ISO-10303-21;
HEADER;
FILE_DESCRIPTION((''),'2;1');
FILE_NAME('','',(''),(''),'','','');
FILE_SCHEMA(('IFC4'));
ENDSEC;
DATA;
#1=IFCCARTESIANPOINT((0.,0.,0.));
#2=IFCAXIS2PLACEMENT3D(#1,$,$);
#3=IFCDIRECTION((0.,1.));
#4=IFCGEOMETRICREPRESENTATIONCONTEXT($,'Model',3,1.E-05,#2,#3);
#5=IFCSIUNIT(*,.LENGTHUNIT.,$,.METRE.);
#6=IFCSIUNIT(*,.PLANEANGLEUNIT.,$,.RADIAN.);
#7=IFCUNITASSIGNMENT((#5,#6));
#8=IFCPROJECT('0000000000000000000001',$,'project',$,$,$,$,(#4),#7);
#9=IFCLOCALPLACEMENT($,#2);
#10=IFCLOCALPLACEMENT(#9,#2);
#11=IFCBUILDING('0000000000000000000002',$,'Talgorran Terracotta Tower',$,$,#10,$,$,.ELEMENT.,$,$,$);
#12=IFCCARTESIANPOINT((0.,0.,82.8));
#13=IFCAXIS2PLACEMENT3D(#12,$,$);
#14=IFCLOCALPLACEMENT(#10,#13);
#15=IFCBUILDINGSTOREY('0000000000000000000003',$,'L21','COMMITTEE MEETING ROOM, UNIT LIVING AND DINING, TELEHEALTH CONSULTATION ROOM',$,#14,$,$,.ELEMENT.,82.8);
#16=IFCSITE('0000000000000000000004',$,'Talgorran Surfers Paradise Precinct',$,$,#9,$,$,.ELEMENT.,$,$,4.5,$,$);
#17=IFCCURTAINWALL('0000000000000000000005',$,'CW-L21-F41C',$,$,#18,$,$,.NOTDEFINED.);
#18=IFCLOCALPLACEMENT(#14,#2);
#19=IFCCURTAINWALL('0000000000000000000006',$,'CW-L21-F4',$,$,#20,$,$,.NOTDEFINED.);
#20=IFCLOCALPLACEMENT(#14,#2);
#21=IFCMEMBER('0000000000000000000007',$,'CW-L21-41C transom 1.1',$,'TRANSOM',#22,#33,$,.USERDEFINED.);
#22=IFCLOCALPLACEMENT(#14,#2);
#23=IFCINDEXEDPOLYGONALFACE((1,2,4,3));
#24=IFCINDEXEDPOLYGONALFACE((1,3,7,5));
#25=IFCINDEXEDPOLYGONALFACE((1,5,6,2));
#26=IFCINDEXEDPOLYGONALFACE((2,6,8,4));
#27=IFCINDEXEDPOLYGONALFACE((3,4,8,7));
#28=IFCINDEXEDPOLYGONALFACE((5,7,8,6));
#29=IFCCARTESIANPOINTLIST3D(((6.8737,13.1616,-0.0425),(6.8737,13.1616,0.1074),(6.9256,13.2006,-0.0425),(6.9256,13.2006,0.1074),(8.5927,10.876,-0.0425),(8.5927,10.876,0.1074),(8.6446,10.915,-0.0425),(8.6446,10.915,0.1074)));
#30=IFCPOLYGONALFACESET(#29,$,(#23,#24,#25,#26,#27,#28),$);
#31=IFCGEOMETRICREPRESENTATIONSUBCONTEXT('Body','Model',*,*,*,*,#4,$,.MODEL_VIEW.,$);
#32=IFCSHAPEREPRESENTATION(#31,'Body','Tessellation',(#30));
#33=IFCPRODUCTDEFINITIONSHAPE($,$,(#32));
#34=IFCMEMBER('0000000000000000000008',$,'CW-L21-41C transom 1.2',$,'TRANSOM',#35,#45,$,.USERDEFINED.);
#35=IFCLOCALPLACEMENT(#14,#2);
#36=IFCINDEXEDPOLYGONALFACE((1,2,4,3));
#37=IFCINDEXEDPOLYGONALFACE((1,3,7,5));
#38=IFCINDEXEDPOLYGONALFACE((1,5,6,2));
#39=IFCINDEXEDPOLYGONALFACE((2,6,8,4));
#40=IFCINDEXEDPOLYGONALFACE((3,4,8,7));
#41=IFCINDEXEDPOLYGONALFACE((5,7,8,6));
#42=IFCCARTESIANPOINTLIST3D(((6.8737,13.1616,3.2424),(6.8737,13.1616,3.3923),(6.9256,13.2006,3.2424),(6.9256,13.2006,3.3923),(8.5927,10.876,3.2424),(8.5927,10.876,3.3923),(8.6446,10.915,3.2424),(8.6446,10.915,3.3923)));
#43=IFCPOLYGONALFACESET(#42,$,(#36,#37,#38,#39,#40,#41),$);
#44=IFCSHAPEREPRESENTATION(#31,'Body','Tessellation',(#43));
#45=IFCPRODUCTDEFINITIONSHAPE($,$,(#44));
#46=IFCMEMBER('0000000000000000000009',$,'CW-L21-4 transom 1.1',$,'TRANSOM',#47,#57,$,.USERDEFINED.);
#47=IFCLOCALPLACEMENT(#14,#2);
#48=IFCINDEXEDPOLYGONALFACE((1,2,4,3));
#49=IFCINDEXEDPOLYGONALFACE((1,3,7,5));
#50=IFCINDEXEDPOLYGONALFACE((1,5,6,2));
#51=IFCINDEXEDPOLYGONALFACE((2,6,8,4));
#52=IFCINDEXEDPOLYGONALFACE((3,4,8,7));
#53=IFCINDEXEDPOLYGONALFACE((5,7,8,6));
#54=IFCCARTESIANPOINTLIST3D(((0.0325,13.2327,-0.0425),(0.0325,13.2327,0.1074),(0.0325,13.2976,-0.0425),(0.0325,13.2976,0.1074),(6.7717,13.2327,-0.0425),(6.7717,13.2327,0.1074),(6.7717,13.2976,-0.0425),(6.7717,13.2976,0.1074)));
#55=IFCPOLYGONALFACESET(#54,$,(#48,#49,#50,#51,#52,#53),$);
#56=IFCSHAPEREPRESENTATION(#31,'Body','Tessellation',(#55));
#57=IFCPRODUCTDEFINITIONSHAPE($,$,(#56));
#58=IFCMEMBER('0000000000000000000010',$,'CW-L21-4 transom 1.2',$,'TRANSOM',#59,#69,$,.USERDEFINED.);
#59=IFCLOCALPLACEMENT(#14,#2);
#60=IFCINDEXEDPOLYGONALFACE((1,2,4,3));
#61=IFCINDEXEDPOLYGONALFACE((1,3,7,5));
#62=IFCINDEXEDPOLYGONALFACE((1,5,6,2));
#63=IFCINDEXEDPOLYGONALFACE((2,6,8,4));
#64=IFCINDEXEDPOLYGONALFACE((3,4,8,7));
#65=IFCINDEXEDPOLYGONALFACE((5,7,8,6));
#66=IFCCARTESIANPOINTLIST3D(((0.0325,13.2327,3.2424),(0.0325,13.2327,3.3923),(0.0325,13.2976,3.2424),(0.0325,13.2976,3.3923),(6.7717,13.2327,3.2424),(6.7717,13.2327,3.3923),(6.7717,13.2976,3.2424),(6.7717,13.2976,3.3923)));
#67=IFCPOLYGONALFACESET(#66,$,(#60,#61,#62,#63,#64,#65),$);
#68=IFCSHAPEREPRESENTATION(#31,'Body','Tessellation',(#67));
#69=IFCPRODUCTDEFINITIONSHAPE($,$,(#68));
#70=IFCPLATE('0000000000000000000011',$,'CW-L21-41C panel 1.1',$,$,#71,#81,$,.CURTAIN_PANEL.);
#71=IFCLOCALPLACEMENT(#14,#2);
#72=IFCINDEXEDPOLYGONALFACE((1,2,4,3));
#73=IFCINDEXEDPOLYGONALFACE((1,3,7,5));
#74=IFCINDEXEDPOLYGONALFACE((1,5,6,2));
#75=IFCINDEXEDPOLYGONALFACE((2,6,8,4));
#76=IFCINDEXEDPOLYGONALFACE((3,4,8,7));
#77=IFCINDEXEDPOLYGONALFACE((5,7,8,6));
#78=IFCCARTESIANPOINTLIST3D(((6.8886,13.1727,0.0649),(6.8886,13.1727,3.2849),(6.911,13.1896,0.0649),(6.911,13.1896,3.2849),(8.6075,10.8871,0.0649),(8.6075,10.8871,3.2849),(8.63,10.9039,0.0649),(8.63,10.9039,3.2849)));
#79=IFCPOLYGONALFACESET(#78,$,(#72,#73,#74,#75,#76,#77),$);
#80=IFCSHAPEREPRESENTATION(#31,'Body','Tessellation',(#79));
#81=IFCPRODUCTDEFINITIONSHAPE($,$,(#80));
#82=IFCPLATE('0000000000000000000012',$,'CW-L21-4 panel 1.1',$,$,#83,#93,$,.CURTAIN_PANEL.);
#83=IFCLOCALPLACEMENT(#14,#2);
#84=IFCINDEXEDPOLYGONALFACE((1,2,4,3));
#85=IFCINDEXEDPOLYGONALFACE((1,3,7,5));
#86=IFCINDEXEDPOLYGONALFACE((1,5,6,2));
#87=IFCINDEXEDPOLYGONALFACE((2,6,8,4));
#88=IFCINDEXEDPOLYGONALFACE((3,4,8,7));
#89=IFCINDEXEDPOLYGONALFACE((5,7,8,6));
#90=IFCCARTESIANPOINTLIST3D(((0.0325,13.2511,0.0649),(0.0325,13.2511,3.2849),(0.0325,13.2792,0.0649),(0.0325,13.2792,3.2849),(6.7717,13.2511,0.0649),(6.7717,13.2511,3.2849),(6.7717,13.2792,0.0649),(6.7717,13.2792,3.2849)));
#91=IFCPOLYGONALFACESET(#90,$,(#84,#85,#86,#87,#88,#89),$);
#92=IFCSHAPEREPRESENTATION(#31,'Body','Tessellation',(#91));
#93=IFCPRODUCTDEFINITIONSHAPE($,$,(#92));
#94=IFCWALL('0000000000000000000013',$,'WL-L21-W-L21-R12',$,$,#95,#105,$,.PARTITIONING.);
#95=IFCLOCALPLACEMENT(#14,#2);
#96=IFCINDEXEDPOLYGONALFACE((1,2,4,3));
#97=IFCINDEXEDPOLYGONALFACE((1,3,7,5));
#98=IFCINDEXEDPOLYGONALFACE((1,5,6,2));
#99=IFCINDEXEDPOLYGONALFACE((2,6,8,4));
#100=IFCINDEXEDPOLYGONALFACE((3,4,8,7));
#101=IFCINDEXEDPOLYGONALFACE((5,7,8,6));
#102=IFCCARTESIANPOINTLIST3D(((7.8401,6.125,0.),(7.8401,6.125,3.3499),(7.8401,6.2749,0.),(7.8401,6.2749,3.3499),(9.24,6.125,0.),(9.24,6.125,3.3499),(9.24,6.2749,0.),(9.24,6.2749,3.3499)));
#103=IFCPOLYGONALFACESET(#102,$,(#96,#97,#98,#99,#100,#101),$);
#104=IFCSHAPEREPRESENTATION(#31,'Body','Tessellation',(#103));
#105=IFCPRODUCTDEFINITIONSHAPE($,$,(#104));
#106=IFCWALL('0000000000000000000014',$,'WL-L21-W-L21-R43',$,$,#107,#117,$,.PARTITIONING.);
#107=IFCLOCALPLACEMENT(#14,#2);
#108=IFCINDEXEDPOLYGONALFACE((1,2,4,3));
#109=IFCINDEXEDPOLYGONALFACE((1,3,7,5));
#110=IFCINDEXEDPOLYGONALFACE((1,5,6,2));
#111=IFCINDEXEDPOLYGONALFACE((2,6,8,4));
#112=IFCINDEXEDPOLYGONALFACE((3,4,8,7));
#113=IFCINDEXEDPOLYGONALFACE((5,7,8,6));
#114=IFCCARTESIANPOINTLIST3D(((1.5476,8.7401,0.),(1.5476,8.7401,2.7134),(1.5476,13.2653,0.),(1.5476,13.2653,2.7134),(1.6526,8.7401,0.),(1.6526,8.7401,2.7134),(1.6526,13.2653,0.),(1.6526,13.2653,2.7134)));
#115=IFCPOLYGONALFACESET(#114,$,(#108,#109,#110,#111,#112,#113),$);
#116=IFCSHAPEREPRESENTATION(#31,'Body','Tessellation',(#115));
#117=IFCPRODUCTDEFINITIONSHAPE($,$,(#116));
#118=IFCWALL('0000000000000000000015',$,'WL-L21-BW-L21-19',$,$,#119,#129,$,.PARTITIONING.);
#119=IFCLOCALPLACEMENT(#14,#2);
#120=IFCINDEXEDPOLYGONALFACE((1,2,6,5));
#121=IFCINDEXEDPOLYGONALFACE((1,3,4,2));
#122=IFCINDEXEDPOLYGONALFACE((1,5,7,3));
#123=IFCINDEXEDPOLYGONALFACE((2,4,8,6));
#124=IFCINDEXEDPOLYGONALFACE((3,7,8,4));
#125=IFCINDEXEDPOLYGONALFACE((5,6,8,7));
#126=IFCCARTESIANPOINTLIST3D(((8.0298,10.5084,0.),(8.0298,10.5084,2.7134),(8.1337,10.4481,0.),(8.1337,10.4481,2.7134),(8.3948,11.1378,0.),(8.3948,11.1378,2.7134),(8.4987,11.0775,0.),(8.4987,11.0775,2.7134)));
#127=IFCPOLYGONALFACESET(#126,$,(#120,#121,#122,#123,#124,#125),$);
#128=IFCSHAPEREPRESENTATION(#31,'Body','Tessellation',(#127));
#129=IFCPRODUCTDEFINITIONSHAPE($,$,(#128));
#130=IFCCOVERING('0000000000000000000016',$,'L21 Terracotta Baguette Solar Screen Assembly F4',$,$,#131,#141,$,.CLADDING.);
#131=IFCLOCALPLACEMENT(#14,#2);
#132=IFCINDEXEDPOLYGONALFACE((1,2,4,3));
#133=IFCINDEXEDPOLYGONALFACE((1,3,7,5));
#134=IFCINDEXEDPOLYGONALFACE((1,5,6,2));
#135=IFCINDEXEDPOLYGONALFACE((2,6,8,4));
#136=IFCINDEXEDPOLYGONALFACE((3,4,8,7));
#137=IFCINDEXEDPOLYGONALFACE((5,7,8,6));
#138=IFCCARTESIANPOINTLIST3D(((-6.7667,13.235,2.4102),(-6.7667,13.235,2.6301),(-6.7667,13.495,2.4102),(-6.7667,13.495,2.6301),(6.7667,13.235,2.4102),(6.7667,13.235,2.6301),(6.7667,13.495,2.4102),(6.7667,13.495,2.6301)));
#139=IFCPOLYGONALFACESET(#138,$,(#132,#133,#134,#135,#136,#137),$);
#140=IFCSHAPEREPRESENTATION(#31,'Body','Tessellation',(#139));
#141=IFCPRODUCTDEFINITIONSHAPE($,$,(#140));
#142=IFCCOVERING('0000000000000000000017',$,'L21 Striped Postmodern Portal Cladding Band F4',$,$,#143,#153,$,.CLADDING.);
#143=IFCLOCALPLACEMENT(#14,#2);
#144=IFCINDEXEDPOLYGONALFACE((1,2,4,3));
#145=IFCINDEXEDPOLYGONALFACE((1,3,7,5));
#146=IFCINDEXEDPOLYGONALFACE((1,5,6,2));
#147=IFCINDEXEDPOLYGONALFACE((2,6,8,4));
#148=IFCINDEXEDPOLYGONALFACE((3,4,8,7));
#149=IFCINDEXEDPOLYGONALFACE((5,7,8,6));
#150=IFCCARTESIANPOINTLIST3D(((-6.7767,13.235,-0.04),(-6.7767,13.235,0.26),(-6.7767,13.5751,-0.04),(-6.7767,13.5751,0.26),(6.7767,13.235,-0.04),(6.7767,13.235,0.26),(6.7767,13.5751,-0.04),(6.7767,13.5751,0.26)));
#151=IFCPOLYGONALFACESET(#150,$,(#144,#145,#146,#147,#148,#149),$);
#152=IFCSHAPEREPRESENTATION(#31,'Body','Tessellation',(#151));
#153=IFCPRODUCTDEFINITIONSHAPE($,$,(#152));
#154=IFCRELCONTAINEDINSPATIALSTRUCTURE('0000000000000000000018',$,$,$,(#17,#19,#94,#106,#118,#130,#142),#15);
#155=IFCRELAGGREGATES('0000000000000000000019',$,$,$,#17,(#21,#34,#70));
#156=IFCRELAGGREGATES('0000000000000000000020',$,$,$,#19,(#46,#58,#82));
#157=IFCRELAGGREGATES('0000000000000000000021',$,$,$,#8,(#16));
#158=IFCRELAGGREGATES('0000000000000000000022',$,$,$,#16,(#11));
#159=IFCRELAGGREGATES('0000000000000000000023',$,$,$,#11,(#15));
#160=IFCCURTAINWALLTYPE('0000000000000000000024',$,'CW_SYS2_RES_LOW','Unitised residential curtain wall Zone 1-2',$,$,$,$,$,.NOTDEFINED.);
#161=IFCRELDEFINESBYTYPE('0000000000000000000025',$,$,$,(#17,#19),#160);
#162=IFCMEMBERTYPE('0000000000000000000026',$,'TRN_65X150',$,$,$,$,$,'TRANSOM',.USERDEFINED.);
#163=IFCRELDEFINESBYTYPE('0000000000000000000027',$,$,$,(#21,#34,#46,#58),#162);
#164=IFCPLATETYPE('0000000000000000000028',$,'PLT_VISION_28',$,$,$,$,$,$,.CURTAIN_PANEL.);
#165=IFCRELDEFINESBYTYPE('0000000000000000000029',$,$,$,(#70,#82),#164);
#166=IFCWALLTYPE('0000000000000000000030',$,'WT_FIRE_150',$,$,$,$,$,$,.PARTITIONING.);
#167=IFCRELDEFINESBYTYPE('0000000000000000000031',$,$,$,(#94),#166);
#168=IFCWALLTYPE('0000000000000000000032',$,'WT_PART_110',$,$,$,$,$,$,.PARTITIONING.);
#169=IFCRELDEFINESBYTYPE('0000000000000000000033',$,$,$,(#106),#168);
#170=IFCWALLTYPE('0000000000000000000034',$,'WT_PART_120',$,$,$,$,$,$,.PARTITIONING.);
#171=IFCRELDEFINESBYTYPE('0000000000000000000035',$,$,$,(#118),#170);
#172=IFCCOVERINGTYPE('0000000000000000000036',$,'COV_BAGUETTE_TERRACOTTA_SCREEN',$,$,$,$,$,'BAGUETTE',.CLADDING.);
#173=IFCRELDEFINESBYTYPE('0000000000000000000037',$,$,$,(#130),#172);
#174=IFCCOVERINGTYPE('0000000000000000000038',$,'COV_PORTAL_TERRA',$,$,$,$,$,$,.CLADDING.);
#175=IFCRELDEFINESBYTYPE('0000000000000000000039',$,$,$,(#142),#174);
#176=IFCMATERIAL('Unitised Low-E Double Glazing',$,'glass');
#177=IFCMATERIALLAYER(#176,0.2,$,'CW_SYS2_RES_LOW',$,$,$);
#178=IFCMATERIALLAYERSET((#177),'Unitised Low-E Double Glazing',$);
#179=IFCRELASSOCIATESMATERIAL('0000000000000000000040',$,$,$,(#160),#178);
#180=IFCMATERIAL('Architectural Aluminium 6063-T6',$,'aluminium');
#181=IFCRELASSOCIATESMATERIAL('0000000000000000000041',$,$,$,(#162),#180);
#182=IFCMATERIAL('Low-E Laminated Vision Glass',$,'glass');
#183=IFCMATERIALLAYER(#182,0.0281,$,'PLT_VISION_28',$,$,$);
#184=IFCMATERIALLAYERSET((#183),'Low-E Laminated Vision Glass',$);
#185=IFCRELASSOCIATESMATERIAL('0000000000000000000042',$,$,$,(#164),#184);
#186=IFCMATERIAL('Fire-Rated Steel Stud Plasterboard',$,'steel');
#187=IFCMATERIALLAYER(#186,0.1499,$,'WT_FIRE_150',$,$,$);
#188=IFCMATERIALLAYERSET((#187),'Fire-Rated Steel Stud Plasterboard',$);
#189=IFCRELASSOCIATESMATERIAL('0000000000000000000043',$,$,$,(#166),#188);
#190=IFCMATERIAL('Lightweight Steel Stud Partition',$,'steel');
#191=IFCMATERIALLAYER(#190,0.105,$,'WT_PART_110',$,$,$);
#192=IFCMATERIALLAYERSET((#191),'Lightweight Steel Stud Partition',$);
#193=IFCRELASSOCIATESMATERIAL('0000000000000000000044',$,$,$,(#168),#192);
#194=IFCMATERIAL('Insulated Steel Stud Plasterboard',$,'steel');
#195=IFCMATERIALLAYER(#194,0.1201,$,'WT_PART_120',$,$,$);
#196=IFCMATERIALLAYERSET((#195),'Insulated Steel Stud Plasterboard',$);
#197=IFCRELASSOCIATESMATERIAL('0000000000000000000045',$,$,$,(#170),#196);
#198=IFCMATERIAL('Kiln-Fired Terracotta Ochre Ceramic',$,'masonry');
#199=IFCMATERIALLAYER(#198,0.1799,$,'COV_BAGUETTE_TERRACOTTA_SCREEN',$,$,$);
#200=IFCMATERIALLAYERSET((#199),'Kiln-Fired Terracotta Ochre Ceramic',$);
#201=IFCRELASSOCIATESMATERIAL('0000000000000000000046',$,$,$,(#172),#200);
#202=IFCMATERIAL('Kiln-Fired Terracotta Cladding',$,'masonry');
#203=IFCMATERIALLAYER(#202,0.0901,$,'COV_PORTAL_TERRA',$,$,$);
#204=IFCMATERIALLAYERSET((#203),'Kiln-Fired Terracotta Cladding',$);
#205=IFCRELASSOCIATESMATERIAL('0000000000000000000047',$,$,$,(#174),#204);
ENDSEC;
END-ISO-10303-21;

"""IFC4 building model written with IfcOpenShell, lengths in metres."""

from ifc_helpers import new_model, si_unit, direction, frame, frame_2d, origin, origin_2d, place, context, subcontext, project, spatial, rectangle, extrude, source, transform, mapped, material, layer, layer_set, material_profile, profile_set, type_object, type_shapes, element, aggregate, save


model = new_model("IFC4")

# Units and contexts
model_context = context("Model", 3, precision=1e-05, world=origin(), true_north=direction((0.0, 1.0)))
body_context = subcontext(model_context, "Body", "Model", "MODEL_VIEW")
ifc_project = project(units=[si_unit("LENGTHUNIT", "METRE"), si_unit("PLANEANGLEUNIT", "RADIAN")], contexts=[model_context])

# Site, building, storey
site_placement = place(None, origin())
site = spatial("IfcSite", under=ifc_project, at=site_placement, Name="Talgorran Surfers Paradise Precinct", CompositionType="ELEMENT", RefElevation=4.5)
building_placement = place(site_placement, origin())
building = spatial("IfcBuilding", under=site, at=building_placement, Name="Talgorran Terracotta Tower", CompositionType="ELEMENT")
storey_placement = place(building_placement, frame((0.0, 0.0, 82.8)))
storey = spatial("IfcBuildingStorey", under=building, at=storey_placement, Name="L21", Description="COMMITTEE MEETING ROOM, UNIT LIVING AND DINING, TELEHEALTH CONSULTATION ROOM", CompositionType="ELEMENT", Elevation=82.8)

# Curtain wall
ifc_material_1 = material(Name="Unitised Low-E Double Glazing", Category="glass")
ifc_layer_1 = layer(ifc_material_1, 0.2, Name="CW_SYS2_RES_LOW")
ifc_layer_set_1 = layer_set([ifc_layer_1], Name="Unitised Low-E Double Glazing")
curtain_wall_type = type_object("IfcCurtainWallType", Name="CW_SYS2_RES_LOW", Description="Unitised residential curtain wall Zone 1-2", PredefinedType="NOTDEFINED", material=ifc_layer_set_1)
curtain_wall_1_placement = place(storey_placement, origin())
curtain_wall_1 = element("IfcCurtainWall", 1, at=curtain_wall_1_placement, inside=storey, type_object=curtain_wall_type, Name="CW-L21-F41C", PredefinedType="NOTDEFINED")
ifc_material_2 = material(Name="Architectural Aluminium 6063-T6", Category="aluminium")

# Curtain wall
curtain_wall_2_placement = place(storey_placement, origin())
curtain_wall_2 = element("IfcCurtainWall", 2, at=curtain_wall_2_placement, inside=storey, type_object=curtain_wall_type, Name="CW-L21-F4", PredefinedType="NOTDEFINED")

# Members
ifc_material_profile_1 = material_profile(ifc_material_2, rectangle(XDim=0.0649, YDim=0.1499, at=origin_2d()), Name="CWT65X150")
ifc_profile_set_1 = profile_set([ifc_material_profile_1], Name="Architectural Aluminium 6063-T6")
member_type_1 = type_object("IfcMemberType", Name="TRN_65X150", ElementType="TRANSOM", PredefinedType="USERDEFINED", material=ifc_profile_set_1)
member_1_placement = place(storey_placement, frame((8.6187, 10.8955, 0.0325), z_axis=(-0.601065, 0.7992, 0.0), x_axis=(-0.7992, -0.601065, 0.0)))
member_1 = element("IfcMember", 3, at=member_1_placement, type_object=member_type_1, Name="CW-L21-41C transom 1.1", ObjectType="TRANSOM", PredefinedType="USERDEFINED", context=body_context, shape_type="SweptSolid", body=[
    extrude(rectangle(XDim=0.0649, YDim=0.1499, at=origin_2d()), origin(), (0.0, 0.0, 1.0), 2.8599),
])
member_2_placement = place(storey_placement, frame((8.6187, 10.8955, 3.3174), z_axis=(-0.601065, 0.7992, 0.0), x_axis=(-0.7992, -0.601065, 0.0)))
member_2 = element("IfcMember", 4, at=member_2_placement, type_object=member_type_1, Name="CW-L21-41C transom 1.2", ObjectType="TRANSOM", PredefinedType="USERDEFINED", context=body_context, shape_type="SweptSolid", body=[
    extrude(rectangle(XDim=0.0649, YDim=0.1499, at=origin_2d()), origin(), (0.0, 0.0, 1.0), 2.8599),
])
member_3_placement = place(storey_placement, frame((6.7717, 13.2651, 0.0325), z_axis=(-1.0, 0.0, 0.0), x_axis=(0.0, -1.0, 0.0)))
member_3 = element("IfcMember", 5, at=member_3_placement, type_object=member_type_1, Name="CW-L21-4 transom 1.1", ObjectType="TRANSOM", PredefinedType="USERDEFINED", context=body_context, shape_type="SweptSolid", body=[
    extrude(rectangle(XDim=0.0649, YDim=0.1499, at=origin_2d()), origin(), (0.0, 0.0, 1.0), 6.7393),
])
member_4_placement = place(storey_placement, frame((6.7717, 13.2651, 3.3174), z_axis=(-1.0, 0.0, 0.0), x_axis=(0.0, -1.0, 0.0)))
member_4 = element("IfcMember", 6, at=member_4_placement, type_object=member_type_1, Name="CW-L21-4 transom 1.2", ObjectType="TRANSOM", PredefinedType="USERDEFINED", context=body_context, shape_type="SweptSolid", body=[
    extrude(rectangle(XDim=0.0649, YDim=0.1499, at=origin_2d()), origin(), (0.0, 0.0, 1.0), 6.7393),
])

# Plates
ifc_material_3 = material(Name="Low-E Laminated Vision Glass", Category="glass")
ifc_layer_2 = layer(ifc_material_3, 0.0281, Name="PLT_VISION_28")
ifc_layer_set_2 = layer_set([ifc_layer_2], Name="Low-E Laminated Vision Glass")
plate_type = type_object("IfcPlateType", Name="PLT_VISION_28", PredefinedType="CURTAIN_PANEL", material=ifc_layer_set_2)
shared_shape_1 = source(origin(), body_context, "Body", "SweptSolid", [
    extrude(rectangle(XDim=2.8599, YDim=0.0281, at=origin_2d()), origin(), (0.0, 0.0, 1.0), 3.22),
])
plate_1_placement = place(storey_placement, frame((7.7593, 12.0383, 0.0649), z_axis=(0.0, 0.0, 1.0), x_axis=(-0.601048, 0.799213, 0.0)))
plate_1 = element("IfcPlate", 7, at=plate_1_placement, type_object=plate_type, Name="CW-L21-41C panel 1.1", PredefinedType="CURTAIN_PANEL", context=body_context, shape_type="MappedRepresentation", body=[
    mapped(shared_shape_1, transform((0.0, 0.0, 0.0), scale=1.0)),
])
aggregate(curtain_wall_1, [member_1, member_2, plate_1])
shared_shape_2 = source(origin(), body_context, "Body", "SweptSolid", [
    extrude(rectangle(XDim=6.7393, YDim=0.0281, at=origin_2d()), origin(), (0.0, 0.0, 1.0), 3.22),
])
type_shapes(plate_type, [shared_shape_1, shared_shape_2])
plate_2_placement = place(storey_placement, frame((3.4021, 13.2651, 0.0649), z_axis=(0.0, 0.0, 1.0), x_axis=(-1.0, 0.0, 0.0)))
plate_2 = element("IfcPlate", 8, at=plate_2_placement, type_object=plate_type, Name="CW-L21-4 panel 1.1", PredefinedType="CURTAIN_PANEL", context=body_context, shape_type="MappedRepresentation", body=[
    mapped(shared_shape_2, transform((0.0, 0.0, 0.0), scale=1.0)),
])
aggregate(curtain_wall_2, [member_3, member_4, plate_2])

# Walls
ifc_material_4 = material(Name="Fire-Rated Steel Stud Plasterboard", Category="steel")
ifc_layer_3 = layer(ifc_material_4, 0.1499, Name="WT_FIRE_150")
ifc_layer_set_3 = layer_set([ifc_layer_3], Name="Fire-Rated Steel Stud Plasterboard")
wall_type_1 = type_object("IfcWallType", Name="WT_FIRE_150", PredefinedType="PARTITIONING", material=ifc_layer_set_3)
wall_1_placement = place(storey_placement, frame((7.8401, 6.2, 0.0), z_axis=(0.0, 0.0, 1.0), x_axis=(1.0, 0.0, 0.0)))
element("IfcWall", 9, at=wall_1_placement, inside=storey, type_object=wall_type_1, Name="WL-L21-W-L21-R12", PredefinedType="PARTITIONING", context=body_context, shape_type="SweptSolid", body=[
    extrude(rectangle(XDim=1.3999, YDim=0.1499, at=frame_2d((0.7, 0.0))), origin(), (0.0, 0.0, 1.0), 3.3499),
])
ifc_material_5 = material(Name="Lightweight Steel Stud Partition", Category="steel")
ifc_layer_4 = layer(ifc_material_5, 0.105, Name="WT_PART_110")
ifc_layer_set_4 = layer_set([ifc_layer_4], Name="Lightweight Steel Stud Partition")
wall_type_2 = type_object("IfcWallType", Name="WT_PART_110", PredefinedType="PARTITIONING", material=ifc_layer_set_4)
wall_2_placement = place(storey_placement, frame((1.6001, 8.74, 0.0), z_axis=(0.0, 0.0, 1.0), x_axis=(0.0, 1.0, 0.0)))
element("IfcWall", 10, at=wall_2_placement, inside=storey, type_object=wall_type_2, Name="WL-L21-W-L21-R43", PredefinedType="PARTITIONING", context=body_context, shape_type="SweptSolid", body=[
    extrude(rectangle(XDim=4.5251, YDim=0.105, at=frame_2d((2.2627, 0.0))), origin(), (0.0, 0.0, 1.0), 2.7134),
])
ifc_material_6 = material(Name="Insulated Steel Stud Plasterboard", Category="steel")
ifc_layer_5 = layer(ifc_material_6, 0.1201, Name="WT_PART_120")
ifc_layer_set_5 = layer_set([ifc_layer_5], Name="Insulated Steel Stud Plasterboard")
wall_type_3 = type_object("IfcWallType", Name="WT_PART_120", PredefinedType="PARTITIONING", material=ifc_layer_set_5)
wall_3_placement = place(storey_placement, frame((8.0818, 10.4783, 0.0), z_axis=(0.0, 0.0, 1.0), x_axis=(0.501658, 0.865066, 0.0)))
element("IfcWall", 11, at=wall_3_placement, inside=storey, type_object=wall_type_3, Name="WL-L21-BW-L21-19", PredefinedType="PARTITIONING", context=body_context, shape_type="SweptSolid", body=[
    extrude(rectangle(XDim=0.7275, YDim=0.1201, at=frame_2d((0.3638, 0.0))), origin(), (0.0, 0.0, 1.0), 2.7134),
])

# Coverings
ifc_material_7 = material(Name="Kiln-Fired Terracotta Ochre Ceramic", Category="masonry")
ifc_layer_6 = layer(ifc_material_7, 0.1799, Name="COV_BAGUETTE_TERRACOTTA_SCREEN")
ifc_layer_set_6 = layer_set([ifc_layer_6], Name="Kiln-Fired Terracotta Ochre Ceramic")
covering_type_1 = type_object("IfcCoveringType", Name="COV_BAGUETTE_TERRACOTTA_SCREEN", ElementType="BAGUETTE", PredefinedType="CLADDING", material=ifc_layer_set_6)
covering_1_placement = place(storey_placement, frame((0.0, 13.365, 2.4102), z_axis=(0.0, 0.0, 1.0), x_axis=(-1.0, 0.0, 0.0)))
element("IfcCovering", 12, at=covering_1_placement, inside=storey, type_object=covering_type_1, Name="L21 Terracotta Baguette Solar Screen Assembly F4", PredefinedType="CLADDING", context=body_context, shape_type="SweptSolid", body=[
    extrude(rectangle(XDim=13.5334, YDim=0.26, at=origin_2d()), origin(), (0.0, 0.0, 1.0), 0.22),
])
ifc_material_8 = material(Name="Kiln-Fired Terracotta Cladding", Category="masonry")
ifc_layer_7 = layer(ifc_material_8, 0.0901, Name="COV_PORTAL_TERRA")
ifc_layer_set_7 = layer_set([ifc_layer_7], Name="Kiln-Fired Terracotta Cladding")
covering_type_2 = type_object("IfcCoveringType", Name="COV_PORTAL_TERRA", PredefinedType="CLADDING", material=ifc_layer_set_7)
covering_2_placement = place(storey_placement, frame((0.0, 13.405, -0.04), z_axis=(0.0, 0.0, 1.0), x_axis=(-1.0, 0.0, 0.0)))
element("IfcCovering", 13, at=covering_2_placement, inside=storey, type_object=covering_type_2, Name="L21 Striped Postmodern Portal Cladding Band F4", PredefinedType="CLADDING", context=body_context, shape_type="SweptSolid", body=[
    extrude(rectangle(XDim=13.5535, YDim=0.3401, at=origin_2d()), origin(), (0.0, 0.0, 1.0), 0.3),
])

save(model, "model.ifc")
